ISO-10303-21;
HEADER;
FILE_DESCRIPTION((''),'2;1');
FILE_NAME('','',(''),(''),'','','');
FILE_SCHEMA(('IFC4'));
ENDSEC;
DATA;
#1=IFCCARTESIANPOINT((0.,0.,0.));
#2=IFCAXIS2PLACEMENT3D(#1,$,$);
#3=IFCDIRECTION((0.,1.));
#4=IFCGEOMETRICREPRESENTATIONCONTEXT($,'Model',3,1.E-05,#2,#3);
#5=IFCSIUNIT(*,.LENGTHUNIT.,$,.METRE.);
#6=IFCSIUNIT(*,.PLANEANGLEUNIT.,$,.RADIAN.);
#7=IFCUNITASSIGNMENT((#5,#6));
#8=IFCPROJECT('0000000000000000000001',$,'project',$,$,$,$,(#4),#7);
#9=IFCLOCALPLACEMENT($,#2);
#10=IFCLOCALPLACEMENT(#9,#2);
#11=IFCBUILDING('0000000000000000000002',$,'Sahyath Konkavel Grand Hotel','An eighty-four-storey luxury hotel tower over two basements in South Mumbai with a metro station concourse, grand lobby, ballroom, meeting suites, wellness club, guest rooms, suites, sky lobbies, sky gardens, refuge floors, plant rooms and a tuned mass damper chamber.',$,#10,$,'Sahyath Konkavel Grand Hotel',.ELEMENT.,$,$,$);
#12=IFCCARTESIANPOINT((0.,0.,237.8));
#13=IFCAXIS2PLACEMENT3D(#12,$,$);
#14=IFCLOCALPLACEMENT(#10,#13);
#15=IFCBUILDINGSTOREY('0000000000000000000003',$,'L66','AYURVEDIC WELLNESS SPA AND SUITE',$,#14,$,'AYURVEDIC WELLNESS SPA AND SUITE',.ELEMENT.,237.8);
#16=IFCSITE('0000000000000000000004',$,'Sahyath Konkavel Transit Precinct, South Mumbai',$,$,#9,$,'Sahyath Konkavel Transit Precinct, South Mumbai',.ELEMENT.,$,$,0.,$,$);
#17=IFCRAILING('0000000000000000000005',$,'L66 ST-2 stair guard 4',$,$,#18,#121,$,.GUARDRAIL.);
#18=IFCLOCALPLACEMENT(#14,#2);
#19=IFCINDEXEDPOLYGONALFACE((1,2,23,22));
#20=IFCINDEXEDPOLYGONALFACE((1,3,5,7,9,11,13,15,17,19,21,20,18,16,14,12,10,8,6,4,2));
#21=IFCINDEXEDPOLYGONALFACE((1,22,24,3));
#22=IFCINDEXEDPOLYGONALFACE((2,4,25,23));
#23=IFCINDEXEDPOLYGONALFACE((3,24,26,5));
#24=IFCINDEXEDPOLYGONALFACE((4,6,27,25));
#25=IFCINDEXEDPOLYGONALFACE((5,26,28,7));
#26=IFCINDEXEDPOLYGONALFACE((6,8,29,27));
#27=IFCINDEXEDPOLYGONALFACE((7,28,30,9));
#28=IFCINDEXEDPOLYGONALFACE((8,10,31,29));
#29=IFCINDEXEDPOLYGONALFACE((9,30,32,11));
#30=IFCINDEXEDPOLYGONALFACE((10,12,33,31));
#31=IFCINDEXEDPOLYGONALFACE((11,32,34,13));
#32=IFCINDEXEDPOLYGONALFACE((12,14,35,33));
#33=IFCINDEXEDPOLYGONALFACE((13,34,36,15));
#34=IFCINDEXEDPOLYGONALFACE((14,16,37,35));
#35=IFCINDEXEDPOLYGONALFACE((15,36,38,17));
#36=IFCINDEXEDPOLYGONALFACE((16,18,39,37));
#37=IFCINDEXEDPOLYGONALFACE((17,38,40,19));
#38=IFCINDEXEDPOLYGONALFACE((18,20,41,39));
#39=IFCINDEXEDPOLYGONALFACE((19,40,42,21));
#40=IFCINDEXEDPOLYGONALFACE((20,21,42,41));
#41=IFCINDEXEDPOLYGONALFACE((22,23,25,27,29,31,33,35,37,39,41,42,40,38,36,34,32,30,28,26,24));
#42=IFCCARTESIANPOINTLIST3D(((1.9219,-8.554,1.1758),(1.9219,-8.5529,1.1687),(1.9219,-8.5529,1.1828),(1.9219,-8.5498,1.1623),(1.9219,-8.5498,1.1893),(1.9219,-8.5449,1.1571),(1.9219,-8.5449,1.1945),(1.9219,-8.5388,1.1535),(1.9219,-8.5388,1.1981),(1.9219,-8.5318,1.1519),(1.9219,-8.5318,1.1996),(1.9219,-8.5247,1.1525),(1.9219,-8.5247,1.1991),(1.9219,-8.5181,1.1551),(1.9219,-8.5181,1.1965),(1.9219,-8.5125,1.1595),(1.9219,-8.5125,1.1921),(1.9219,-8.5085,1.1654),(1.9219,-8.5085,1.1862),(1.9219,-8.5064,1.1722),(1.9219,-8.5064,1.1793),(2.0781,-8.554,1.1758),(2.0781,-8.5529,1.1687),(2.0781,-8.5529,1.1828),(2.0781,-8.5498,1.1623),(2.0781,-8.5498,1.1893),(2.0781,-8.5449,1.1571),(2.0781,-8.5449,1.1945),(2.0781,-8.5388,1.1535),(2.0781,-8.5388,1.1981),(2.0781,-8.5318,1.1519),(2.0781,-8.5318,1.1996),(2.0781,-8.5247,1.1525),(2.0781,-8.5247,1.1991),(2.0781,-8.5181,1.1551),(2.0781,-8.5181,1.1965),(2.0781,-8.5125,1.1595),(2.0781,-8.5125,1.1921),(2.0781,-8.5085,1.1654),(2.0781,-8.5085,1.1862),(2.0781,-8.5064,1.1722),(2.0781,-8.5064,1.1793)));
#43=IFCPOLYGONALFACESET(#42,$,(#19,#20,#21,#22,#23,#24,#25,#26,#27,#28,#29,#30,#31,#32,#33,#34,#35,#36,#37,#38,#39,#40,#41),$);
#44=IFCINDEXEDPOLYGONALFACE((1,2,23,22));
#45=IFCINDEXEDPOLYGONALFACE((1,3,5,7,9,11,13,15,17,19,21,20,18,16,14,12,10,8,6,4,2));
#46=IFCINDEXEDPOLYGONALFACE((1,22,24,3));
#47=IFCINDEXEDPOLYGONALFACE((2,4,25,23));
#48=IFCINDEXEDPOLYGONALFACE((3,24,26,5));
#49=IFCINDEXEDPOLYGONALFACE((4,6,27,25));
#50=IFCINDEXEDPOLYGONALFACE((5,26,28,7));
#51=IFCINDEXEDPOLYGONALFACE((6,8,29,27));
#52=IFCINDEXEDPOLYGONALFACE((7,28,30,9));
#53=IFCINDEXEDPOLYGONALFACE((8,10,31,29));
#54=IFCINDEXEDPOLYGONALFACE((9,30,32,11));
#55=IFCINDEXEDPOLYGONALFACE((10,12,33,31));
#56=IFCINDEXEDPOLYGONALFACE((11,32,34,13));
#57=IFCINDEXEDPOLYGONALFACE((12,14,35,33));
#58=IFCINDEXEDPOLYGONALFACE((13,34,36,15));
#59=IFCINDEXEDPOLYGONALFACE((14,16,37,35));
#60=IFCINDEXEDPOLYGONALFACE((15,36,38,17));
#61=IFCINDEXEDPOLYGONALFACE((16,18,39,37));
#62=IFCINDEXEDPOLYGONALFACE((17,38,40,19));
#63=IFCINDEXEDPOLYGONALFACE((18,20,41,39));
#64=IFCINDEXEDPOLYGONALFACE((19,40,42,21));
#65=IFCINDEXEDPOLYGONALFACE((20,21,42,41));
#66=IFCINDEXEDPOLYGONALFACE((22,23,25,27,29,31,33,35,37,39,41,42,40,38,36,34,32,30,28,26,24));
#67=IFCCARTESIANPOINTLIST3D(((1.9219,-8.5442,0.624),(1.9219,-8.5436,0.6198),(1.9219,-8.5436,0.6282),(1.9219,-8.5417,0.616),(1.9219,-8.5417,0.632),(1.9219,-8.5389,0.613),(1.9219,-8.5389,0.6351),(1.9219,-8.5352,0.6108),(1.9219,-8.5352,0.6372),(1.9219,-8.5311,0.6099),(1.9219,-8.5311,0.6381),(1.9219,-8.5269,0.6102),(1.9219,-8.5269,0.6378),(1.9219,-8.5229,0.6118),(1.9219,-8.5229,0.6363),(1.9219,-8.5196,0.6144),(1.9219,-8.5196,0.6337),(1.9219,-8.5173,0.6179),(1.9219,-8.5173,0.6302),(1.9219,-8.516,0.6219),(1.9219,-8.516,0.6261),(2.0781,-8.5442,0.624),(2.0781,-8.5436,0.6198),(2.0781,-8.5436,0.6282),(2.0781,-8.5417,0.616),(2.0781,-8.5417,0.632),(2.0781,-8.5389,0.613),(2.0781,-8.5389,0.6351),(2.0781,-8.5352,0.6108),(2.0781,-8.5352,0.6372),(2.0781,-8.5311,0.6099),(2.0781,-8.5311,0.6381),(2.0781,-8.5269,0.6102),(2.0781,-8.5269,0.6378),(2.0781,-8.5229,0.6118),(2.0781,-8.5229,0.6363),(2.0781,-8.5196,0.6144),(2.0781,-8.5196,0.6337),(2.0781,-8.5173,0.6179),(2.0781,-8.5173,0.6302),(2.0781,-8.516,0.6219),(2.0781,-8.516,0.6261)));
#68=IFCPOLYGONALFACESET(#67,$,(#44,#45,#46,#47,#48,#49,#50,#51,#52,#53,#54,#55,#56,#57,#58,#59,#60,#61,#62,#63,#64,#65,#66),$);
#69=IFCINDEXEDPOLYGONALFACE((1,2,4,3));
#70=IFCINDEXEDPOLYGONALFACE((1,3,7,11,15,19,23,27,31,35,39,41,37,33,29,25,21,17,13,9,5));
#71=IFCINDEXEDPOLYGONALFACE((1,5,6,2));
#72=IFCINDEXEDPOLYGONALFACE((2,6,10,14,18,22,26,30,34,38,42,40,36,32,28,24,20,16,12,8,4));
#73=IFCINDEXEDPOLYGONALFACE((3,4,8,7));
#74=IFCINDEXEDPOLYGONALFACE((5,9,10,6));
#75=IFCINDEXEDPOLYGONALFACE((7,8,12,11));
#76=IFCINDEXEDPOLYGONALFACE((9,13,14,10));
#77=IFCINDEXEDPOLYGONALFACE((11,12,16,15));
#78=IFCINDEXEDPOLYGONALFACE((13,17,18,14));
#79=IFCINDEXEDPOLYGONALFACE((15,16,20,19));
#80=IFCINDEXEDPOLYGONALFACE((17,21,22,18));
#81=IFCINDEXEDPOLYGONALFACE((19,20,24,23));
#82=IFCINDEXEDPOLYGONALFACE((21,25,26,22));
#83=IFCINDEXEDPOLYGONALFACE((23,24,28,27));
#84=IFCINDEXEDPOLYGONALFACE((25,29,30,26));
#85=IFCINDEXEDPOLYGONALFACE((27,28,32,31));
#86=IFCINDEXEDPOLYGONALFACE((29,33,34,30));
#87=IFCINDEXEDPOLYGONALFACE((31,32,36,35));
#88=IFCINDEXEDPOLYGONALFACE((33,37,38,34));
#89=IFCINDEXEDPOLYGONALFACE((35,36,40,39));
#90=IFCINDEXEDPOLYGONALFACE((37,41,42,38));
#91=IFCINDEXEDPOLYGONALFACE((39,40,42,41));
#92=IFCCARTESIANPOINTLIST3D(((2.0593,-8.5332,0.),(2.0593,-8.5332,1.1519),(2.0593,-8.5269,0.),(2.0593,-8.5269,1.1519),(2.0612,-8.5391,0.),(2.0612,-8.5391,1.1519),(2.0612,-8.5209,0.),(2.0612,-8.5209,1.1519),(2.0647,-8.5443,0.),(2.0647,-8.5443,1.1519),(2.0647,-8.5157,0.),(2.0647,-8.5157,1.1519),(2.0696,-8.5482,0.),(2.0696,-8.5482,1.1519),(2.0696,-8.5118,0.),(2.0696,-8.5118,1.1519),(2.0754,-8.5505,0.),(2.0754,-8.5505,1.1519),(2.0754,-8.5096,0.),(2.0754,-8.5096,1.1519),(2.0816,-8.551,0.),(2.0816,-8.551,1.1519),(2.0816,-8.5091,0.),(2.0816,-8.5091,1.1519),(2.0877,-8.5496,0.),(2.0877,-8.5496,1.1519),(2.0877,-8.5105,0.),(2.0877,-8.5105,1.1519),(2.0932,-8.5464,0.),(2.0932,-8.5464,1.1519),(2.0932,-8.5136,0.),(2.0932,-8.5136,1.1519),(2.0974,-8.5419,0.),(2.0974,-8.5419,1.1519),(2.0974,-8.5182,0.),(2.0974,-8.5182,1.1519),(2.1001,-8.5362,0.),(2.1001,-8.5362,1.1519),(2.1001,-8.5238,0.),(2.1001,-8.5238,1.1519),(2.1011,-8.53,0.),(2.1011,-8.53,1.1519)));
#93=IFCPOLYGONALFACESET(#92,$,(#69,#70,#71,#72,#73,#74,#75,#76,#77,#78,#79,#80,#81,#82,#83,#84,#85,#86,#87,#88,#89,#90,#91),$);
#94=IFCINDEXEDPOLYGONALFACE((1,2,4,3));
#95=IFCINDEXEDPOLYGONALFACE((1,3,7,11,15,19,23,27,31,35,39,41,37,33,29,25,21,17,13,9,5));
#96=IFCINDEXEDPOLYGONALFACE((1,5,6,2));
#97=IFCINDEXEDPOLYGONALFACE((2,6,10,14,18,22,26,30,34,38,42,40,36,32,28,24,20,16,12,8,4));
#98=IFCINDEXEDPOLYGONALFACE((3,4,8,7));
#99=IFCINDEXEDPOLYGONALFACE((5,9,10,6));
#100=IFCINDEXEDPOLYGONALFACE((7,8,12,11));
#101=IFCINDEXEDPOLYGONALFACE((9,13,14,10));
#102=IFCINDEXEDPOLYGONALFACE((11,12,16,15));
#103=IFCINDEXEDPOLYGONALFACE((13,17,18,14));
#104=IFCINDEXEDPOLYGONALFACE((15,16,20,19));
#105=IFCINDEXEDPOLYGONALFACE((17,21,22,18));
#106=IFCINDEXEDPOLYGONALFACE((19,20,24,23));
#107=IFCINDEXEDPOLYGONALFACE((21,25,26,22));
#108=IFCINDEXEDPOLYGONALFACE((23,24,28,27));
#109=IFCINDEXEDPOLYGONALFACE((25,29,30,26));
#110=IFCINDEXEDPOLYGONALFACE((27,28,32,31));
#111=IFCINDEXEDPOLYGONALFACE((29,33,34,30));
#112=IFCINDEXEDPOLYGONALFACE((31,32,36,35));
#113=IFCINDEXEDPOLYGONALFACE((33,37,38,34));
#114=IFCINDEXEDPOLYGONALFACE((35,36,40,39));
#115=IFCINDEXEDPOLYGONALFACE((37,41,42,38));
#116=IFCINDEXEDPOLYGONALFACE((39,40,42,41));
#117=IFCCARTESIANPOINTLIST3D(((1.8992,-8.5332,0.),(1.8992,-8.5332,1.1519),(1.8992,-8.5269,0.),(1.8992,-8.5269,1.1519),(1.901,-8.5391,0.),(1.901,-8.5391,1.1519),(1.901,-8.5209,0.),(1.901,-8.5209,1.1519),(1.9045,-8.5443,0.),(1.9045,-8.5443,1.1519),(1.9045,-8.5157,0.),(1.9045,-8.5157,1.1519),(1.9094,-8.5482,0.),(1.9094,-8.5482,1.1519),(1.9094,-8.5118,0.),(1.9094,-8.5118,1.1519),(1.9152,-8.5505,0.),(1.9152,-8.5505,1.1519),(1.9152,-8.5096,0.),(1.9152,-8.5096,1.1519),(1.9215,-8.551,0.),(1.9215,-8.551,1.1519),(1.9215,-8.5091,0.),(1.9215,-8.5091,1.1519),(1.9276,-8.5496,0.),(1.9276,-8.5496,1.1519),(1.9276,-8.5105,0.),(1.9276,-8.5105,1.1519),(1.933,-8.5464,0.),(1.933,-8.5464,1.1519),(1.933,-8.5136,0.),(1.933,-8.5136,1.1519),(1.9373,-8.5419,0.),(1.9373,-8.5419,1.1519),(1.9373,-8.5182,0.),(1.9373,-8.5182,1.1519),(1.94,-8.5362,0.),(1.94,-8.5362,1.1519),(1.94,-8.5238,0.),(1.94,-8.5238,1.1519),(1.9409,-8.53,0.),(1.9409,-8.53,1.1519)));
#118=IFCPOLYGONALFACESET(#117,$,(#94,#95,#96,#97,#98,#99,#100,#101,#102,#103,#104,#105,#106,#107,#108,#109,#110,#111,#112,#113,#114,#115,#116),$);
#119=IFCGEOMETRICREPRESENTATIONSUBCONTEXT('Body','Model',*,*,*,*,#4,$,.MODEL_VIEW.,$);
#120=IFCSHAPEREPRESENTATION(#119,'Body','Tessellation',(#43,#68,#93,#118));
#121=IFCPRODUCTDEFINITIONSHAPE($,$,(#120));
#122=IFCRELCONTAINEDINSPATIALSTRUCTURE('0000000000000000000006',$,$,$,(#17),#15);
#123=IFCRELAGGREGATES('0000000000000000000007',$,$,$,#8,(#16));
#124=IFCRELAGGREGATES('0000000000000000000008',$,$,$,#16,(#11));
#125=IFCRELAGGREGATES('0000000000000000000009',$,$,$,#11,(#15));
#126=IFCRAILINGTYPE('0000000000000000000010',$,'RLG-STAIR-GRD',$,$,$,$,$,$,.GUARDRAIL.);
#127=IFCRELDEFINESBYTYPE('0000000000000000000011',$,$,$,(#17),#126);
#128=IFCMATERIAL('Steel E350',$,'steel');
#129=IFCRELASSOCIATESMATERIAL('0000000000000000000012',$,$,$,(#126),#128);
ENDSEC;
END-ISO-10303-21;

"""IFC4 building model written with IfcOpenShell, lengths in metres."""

from ifc_helpers import new_model, si_unit, direction, frame, origin, origin_2d, place, context, subcontext, project, spatial, circle, extrude, material, type_object, element, save


model = new_model("IFC4")

# Units and contexts
model_context = context("Model", 3, precision=1e-05, world=origin(), true_north=direction((0.0, 1.0)))
body_context = subcontext(model_context, "Body", "Model", "MODEL_VIEW")
ifc_project = project(units=[si_unit("LENGTHUNIT", "METRE"), si_unit("PLANEANGLEUNIT", "RADIAN")], contexts=[model_context])

# Site, building, storey
site_placement = place(None, origin())
site = spatial("IfcSite", under=ifc_project, at=site_placement, Name="Sahyath Konkavel Transit Precinct, South Mumbai", LongName="Sahyath Konkavel Transit Precinct, South Mumbai", CompositionType="ELEMENT", RefElevation=0.0)
building_placement = place(site_placement, origin())
building = spatial("IfcBuilding", under=site, at=building_placement, Name="Sahyath Konkavel Grand Hotel", Description="An eighty-four-storey luxury hotel tower over two basements in South Mumbai with a metro station concourse, grand lobby, ballroom, meeting suites, wellness club, guest rooms, suites, sky lobbies, sky gardens, refuge floors, plant rooms and a tuned mass damper chamber.", LongName="Sahyath Konkavel Grand Hotel", CompositionType="ELEMENT")
storey_placement = place(building_placement, frame((0.0, 0.0, 237.8)))
storey = spatial("IfcBuildingStorey", under=building, at=storey_placement, Name="L66", Description="AYURVEDIC WELLNESS SPA AND SUITE", LongName="AYURVEDIC WELLNESS SPA AND SUITE", CompositionType="ELEMENT", Elevation=237.8)

# Shared definitions
ifc_material_1 = material(Name="Steel E350", Category="steel")

# Railing
railing_type_1 = type_object("IfcRailingType", Name="RLG-STAIR-GRD", PredefinedType="GUARDRAIL", material=ifc_material_1)
railing_1_placement = place(storey_placement, frame((2.0801, -8.53, 0.0)))
element("IfcRailing", 1, at=railing_1_placement, inside=storey, type_object=railing_type_1, Name="L66 ST-2 stair guard 4", PredefinedType="GUARDRAIL", context=body_context, shape_type="SweptSolid", body=[
    extrude(circle(Radius=0.0239, at=origin_2d()), frame((-0.002, 0.0, 1.1758), z_axis=(-1.0, 0.0, 0.0), x_axis=(0.0, -1.0, 0.0)), (0.0, 0.0, 1.0), 0.1562),
    extrude(circle(Radius=0.0142, at=origin_2d()), frame((-0.002, 0.0, 0.624), z_axis=(-1.0, 0.0, 0.0), x_axis=(0.0, -1.0, 0.0)), (0.0, 0.0, 1.0), 0.1562),
    extrude(circle(Radius=0.021, at=origin_2d()), origin(), (0.0, 0.0, 1.0), 1.1519),
    extrude(circle(Radius=0.021, at=origin_2d()), frame((-0.1602, 0.0, 0.0)), (0.0, 0.0, 1.0), 1.1519),
])

save(model, "model.ifc")
